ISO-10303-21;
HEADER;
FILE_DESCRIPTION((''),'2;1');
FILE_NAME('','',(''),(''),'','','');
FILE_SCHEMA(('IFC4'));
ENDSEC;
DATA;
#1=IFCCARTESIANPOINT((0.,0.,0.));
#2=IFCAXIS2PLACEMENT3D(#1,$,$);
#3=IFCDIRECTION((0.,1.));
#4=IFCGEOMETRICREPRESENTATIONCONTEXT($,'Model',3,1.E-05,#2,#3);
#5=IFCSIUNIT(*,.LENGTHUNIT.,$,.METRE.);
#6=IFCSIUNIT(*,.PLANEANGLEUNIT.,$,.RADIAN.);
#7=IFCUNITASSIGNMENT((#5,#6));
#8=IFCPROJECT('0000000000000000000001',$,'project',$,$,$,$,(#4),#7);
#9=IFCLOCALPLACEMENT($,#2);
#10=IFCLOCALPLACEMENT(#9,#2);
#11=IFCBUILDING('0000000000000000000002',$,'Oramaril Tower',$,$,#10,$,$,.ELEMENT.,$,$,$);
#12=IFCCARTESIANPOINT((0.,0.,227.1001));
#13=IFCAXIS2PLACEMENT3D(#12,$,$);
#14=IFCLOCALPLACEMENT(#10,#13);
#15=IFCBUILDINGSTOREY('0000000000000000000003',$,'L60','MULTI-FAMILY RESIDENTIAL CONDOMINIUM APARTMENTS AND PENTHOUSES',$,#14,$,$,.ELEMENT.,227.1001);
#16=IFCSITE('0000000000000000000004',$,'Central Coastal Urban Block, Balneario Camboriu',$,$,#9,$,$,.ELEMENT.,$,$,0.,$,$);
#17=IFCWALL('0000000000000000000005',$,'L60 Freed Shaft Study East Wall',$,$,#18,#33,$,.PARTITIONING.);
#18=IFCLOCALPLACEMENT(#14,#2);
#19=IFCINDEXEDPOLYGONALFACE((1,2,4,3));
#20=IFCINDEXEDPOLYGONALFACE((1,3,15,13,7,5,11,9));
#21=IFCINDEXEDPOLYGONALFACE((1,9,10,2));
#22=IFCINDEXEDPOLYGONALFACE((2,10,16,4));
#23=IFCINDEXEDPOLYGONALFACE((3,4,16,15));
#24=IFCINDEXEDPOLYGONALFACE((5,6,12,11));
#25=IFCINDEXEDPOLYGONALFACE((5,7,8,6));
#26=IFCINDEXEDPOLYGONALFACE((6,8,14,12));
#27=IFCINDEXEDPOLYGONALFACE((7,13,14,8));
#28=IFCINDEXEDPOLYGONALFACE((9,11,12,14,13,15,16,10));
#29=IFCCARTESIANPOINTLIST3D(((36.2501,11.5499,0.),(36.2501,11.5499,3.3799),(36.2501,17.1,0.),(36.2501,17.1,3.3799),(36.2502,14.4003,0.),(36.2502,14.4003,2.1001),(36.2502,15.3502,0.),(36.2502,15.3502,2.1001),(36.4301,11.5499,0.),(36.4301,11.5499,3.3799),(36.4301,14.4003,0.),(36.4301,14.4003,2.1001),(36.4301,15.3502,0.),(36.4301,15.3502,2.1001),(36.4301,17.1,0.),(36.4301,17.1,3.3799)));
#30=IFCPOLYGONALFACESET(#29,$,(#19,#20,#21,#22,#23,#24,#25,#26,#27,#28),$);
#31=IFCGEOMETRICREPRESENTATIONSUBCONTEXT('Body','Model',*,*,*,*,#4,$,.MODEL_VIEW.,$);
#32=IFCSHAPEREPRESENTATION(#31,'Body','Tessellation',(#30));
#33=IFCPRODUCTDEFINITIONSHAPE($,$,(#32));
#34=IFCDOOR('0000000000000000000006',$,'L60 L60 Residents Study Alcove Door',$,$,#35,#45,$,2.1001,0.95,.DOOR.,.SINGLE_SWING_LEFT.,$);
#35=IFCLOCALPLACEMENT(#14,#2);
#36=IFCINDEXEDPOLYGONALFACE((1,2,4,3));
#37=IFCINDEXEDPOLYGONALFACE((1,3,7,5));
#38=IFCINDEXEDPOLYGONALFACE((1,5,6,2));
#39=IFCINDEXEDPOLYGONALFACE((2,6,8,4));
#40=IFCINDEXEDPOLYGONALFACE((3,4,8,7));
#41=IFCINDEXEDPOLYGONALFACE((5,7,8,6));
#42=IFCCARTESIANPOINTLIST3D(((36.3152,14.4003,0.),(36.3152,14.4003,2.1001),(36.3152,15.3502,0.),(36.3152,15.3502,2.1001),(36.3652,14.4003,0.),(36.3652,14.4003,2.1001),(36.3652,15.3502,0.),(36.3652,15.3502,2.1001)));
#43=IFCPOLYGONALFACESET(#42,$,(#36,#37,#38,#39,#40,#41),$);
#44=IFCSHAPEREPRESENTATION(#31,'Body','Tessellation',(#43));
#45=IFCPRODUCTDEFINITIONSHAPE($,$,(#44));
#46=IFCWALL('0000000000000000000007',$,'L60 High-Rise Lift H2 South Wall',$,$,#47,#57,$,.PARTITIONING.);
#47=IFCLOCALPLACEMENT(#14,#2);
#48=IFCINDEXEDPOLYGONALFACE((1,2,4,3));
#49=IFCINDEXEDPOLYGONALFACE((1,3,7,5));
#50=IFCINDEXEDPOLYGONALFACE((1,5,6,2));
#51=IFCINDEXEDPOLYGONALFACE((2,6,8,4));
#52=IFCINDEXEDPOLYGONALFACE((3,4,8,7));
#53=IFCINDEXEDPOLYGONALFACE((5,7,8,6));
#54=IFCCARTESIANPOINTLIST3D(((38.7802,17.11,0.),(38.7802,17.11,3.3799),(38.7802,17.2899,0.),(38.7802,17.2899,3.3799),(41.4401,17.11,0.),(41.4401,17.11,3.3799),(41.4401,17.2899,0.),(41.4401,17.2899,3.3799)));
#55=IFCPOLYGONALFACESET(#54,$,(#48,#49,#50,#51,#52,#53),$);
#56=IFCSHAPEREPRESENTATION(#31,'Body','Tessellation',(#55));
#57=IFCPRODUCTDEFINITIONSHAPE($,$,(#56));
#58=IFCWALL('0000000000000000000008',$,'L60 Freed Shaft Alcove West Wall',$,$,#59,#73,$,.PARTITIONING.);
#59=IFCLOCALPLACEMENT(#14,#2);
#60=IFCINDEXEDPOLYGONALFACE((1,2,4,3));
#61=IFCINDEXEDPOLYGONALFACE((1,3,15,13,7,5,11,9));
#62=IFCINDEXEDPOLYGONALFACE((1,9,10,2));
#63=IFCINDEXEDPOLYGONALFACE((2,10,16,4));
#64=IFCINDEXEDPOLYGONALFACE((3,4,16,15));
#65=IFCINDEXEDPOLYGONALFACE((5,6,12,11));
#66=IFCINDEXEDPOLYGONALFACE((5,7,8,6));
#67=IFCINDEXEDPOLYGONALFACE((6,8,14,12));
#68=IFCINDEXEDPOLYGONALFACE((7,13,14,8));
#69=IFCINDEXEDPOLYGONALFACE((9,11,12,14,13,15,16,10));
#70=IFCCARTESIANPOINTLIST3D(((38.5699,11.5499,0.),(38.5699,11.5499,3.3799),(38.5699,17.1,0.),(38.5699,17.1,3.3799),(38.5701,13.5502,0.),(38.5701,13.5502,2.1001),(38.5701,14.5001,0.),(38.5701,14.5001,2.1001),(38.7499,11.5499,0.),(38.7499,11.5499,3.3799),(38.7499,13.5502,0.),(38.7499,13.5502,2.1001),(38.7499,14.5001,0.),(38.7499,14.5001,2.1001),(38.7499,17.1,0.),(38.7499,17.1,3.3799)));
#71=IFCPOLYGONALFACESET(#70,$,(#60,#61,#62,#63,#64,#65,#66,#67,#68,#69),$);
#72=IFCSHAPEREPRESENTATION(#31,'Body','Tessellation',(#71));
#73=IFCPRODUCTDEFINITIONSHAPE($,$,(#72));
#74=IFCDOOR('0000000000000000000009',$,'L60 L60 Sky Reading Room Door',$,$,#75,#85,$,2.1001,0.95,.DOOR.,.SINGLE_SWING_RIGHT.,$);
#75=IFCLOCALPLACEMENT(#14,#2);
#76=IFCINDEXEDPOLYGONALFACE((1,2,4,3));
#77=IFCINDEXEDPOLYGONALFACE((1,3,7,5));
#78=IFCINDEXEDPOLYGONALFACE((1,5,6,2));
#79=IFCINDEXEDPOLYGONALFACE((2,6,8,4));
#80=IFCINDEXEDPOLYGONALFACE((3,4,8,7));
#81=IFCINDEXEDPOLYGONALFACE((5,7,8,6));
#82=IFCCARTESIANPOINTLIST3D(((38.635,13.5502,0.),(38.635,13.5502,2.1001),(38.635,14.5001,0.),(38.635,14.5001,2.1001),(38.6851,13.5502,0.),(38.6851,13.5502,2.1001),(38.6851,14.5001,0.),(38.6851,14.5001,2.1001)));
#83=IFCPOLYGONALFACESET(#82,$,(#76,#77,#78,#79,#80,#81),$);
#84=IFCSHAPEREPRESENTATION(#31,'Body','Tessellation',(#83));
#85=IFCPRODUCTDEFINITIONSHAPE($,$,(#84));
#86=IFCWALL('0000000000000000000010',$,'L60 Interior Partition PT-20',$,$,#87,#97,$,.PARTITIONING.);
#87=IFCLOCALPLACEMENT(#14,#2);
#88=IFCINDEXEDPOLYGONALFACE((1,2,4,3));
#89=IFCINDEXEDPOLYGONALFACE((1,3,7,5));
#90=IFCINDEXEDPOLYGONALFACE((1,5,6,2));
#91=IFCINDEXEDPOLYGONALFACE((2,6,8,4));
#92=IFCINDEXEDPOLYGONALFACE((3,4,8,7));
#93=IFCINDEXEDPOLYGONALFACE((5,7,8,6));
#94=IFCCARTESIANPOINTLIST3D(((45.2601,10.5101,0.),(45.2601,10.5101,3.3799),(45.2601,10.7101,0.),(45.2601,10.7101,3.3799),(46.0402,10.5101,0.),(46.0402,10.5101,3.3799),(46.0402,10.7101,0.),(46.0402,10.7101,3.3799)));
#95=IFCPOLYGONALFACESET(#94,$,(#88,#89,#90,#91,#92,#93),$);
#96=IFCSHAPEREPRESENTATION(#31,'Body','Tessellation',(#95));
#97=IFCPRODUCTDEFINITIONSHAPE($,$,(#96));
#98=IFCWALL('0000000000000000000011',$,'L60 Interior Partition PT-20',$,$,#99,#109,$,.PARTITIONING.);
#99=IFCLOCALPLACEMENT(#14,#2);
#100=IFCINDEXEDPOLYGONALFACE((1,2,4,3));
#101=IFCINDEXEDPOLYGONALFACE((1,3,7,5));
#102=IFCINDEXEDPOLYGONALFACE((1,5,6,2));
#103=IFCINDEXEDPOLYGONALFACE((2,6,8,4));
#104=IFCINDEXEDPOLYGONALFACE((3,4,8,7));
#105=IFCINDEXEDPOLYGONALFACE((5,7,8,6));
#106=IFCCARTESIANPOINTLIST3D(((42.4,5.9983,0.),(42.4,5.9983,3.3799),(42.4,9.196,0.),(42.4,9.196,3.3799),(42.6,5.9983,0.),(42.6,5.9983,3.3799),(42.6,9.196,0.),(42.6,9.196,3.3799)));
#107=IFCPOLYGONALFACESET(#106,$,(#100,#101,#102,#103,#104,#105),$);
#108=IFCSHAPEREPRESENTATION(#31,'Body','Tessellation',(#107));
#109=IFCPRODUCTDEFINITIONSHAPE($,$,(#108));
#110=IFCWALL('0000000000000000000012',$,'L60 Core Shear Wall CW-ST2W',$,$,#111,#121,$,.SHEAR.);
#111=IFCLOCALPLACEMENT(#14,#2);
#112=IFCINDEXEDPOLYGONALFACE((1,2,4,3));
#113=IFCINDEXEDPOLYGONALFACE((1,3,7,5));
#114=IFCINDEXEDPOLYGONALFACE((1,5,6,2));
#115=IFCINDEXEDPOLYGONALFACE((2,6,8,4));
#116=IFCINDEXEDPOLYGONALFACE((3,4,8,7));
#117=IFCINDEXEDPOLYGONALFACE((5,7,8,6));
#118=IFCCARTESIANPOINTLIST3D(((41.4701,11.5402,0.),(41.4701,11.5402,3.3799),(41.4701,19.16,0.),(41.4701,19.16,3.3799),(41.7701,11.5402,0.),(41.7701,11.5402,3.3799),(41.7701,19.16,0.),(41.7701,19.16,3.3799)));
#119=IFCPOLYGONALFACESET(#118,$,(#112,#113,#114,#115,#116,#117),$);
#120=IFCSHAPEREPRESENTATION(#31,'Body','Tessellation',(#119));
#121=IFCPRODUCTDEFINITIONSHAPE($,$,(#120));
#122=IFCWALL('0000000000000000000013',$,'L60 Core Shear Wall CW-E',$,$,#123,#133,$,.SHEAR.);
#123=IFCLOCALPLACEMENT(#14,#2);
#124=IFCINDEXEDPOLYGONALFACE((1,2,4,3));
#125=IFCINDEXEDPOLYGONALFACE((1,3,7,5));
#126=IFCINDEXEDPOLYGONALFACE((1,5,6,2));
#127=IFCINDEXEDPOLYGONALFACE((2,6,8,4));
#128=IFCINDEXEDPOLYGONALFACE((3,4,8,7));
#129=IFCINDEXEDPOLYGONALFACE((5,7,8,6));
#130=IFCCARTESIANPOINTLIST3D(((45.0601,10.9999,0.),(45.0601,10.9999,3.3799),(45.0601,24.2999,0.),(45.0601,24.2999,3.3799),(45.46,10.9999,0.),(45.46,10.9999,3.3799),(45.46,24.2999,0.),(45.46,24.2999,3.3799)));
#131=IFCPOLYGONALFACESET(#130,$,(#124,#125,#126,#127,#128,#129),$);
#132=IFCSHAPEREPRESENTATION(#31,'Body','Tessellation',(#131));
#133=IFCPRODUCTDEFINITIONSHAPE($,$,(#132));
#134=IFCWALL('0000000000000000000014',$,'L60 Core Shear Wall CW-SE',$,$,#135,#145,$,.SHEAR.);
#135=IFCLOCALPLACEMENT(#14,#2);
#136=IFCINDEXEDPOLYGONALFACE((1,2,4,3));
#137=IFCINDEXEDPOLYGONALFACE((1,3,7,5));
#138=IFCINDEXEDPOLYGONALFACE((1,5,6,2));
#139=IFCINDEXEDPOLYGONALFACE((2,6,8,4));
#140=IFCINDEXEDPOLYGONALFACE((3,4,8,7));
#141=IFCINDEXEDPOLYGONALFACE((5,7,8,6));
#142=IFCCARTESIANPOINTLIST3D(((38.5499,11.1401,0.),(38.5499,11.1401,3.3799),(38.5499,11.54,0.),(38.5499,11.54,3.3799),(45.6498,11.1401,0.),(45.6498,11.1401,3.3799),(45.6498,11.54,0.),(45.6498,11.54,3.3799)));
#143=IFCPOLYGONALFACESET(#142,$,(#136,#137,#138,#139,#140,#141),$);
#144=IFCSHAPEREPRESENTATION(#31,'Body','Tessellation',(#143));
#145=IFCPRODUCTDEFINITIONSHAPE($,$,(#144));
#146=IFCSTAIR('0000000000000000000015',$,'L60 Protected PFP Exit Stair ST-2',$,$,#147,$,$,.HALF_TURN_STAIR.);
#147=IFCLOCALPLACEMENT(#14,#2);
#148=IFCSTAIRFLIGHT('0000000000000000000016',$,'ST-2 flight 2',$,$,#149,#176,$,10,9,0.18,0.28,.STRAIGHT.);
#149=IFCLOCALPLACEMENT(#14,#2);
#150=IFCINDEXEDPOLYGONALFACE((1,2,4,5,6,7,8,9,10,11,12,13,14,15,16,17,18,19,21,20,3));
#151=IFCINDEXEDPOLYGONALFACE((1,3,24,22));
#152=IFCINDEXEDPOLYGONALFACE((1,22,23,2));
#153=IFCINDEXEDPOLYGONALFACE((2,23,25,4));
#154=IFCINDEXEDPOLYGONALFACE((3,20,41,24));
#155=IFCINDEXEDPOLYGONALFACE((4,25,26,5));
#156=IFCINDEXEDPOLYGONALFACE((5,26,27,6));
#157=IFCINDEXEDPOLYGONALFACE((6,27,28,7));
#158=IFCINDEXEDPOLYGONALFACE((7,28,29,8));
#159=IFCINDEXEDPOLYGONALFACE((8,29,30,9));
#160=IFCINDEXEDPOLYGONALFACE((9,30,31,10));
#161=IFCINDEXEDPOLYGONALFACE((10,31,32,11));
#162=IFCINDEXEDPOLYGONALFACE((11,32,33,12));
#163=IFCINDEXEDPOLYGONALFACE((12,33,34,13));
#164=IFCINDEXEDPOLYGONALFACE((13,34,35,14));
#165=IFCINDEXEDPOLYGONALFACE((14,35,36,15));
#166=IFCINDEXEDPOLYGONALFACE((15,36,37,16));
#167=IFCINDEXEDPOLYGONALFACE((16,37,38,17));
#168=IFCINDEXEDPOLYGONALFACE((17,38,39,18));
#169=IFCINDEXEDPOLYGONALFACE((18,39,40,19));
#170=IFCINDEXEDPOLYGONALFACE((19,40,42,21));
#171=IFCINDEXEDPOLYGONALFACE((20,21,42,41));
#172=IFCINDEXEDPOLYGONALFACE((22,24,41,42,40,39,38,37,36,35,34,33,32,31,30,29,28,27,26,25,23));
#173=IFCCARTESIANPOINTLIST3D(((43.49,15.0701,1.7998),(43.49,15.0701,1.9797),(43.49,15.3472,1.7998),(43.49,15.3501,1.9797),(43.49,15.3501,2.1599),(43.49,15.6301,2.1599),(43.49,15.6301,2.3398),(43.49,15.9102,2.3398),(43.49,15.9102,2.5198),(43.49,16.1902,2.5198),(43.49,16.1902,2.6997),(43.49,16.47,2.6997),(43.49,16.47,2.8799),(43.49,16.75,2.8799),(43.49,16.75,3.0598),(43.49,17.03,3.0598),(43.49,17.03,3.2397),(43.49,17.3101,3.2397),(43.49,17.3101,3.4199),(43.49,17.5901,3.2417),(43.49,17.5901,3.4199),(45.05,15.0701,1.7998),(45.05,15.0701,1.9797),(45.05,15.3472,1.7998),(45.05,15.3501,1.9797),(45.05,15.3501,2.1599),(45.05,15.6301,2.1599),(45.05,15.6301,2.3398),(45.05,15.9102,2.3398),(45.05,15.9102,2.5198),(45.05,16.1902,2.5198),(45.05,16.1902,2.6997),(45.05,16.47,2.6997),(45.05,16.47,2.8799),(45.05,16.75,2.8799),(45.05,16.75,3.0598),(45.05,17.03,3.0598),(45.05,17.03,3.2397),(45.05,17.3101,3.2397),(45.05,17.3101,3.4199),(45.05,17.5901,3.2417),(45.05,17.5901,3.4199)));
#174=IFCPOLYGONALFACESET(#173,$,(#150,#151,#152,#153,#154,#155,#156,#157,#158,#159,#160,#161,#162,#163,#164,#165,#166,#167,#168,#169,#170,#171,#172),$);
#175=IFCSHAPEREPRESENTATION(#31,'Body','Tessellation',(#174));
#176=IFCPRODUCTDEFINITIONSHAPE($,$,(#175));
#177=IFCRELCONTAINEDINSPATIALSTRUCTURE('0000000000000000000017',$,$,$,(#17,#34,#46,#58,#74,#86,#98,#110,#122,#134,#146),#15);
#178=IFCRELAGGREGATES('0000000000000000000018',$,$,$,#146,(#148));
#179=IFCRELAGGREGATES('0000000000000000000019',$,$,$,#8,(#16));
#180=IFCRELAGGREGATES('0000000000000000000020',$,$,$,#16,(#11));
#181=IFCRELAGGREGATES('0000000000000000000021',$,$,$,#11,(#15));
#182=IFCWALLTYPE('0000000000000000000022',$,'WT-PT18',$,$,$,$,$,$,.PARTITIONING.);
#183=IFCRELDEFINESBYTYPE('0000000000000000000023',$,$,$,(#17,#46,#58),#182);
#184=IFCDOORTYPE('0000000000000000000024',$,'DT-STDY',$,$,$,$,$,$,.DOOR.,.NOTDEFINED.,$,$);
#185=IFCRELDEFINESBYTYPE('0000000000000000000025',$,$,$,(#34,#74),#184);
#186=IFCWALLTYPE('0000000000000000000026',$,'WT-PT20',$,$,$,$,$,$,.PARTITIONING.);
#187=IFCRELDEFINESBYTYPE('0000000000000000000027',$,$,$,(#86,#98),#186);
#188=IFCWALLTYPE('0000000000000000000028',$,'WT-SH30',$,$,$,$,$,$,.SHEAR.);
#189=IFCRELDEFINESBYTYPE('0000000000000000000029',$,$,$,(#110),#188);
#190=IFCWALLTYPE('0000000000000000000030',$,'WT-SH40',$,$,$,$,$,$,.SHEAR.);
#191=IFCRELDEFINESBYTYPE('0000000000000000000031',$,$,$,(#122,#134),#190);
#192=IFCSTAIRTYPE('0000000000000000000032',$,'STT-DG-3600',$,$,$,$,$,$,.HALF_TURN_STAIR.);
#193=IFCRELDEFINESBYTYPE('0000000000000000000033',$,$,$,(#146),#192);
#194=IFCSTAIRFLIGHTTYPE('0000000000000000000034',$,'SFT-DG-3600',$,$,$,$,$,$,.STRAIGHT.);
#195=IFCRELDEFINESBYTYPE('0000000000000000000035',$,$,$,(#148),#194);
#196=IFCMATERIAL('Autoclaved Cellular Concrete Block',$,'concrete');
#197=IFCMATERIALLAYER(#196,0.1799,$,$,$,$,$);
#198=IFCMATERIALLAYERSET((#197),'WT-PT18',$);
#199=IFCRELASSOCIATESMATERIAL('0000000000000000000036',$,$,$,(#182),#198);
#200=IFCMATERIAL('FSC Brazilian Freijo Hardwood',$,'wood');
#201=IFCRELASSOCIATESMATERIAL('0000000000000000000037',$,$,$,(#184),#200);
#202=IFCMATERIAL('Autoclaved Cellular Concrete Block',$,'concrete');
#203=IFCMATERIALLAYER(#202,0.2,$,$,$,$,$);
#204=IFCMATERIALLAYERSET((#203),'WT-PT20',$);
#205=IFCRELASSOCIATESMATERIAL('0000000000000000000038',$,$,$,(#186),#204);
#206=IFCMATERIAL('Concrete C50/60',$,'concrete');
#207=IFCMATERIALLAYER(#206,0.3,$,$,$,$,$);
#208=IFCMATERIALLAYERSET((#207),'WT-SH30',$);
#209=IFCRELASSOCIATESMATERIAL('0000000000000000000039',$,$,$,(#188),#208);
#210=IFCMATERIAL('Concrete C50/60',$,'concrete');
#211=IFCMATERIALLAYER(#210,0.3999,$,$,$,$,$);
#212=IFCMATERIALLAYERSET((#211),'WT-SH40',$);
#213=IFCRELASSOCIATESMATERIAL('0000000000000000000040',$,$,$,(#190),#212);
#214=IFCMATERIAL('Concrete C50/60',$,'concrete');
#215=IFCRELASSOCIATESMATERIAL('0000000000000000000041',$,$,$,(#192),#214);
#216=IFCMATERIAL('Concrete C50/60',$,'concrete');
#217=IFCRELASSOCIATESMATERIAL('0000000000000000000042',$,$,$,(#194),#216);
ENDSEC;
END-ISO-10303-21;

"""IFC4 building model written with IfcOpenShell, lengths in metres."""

from ifc_helpers import new_model, si_unit, direction, frame, frame_2d, origin, place, context, subcontext, project, spatial, polyline, rectangle, outline, extrude, material, layer, layer_set, type_object, element, fill, aggregate, save


model = new_model("IFC4")

# Units and contexts
model_context = context("Model", 3, precision=1e-05, world=origin(), true_north=direction((0.0, 1.0)))
body_context = subcontext(model_context, "Body", "Model", "MODEL_VIEW")
ifc_project = project(units=[si_unit("LENGTHUNIT", "METRE"), si_unit("PLANEANGLEUNIT", "RADIAN")], contexts=[model_context])

# Site, building, storey
site_placement = place(None, origin())
site = spatial("IfcSite", under=ifc_project, at=site_placement, Name="Central Coastal Urban Block, Balneario Camboriu", CompositionType="ELEMENT", RefElevation=0.0)
building_placement = place(site_placement, origin())
building = spatial("IfcBuilding", under=site, at=building_placement, Name="Oramaril Tower", CompositionType="ELEMENT")
storey_placement = place(building_placement, frame((0.0, 0.0, 227.1001)))
storey = spatial("IfcBuildingStorey", under=building, at=storey_placement, Name="L60", Description="MULTI-FAMILY RESIDENTIAL CONDOMINIUM APARTMENTS AND PENTHOUSES", CompositionType="ELEMENT", Elevation=227.1001)

# Wall, opening, door
ifc_material_1 = material(Name="Autoclaved Cellular Concrete Block", Category="concrete")
ifc_layer_1 = layer(ifc_material_1, 0.1799)
ifc_layer_set_1 = layer_set([ifc_layer_1], Name="WT-PT18")
wall_type_1 = type_object("IfcWallType", Name="WT-PT18", PredefinedType="PARTITIONING", material=ifc_layer_set_1)
wall_1_placement = place(storey_placement, frame((36.3401, 11.55, 0.0), z_axis=(0.0, 0.0, 1.0), x_axis=(0.0, 1.0, 0.0)))
wall_1 = element("IfcWall", 1, at=wall_1_placement, inside=storey, type_object=wall_type_1, Name="L60 Freed Shaft Study East Wall", PredefinedType="PARTITIONING", context=body_context, shape_type="SweptSolid", body=[
    extrude(rectangle(XDim=5.55, YDim=0.1799, at=frame_2d((2.7749, 0.0))), origin(), (0.0, 0.0, 1.0), 3.3799),
])
opening_1_placement = place(wall_1_placement, frame((2.8501, 0.0, 0.0)))
opening_1 = element("IfcOpeningElement", 2, at=opening_1_placement, cuts=wall_1, PredefinedType="OPENING", context=body_context, shape_type="SweptSolid", body=[
    extrude(rectangle(XDim=0.95, YDim=2.1001, at=frame_2d((0.4751, 1.05))), frame((0.0, 0.0898, 0.0), z_axis=(0.0, -1.0, 0.0), x_axis=(1.0, 0.0, 0.0)), (0.0, 0.0, 1.0), 0.1799),
])
ifc_material_2 = material(Name="FSC Brazilian Freijo Hardwood", Category="wood")
door_type_1 = type_object("IfcDoorType", Name="DT-STDY", OperationType="NOTDEFINED", PredefinedType="DOOR", material=ifc_material_2)
door_1_placement = place(opening_1_placement, origin())
door_1 = element("IfcDoor", 3, at=door_1_placement, inside=storey, type_object=door_type_1, Name="L60 L60 Residents Study Alcove Door", OperationType="SINGLE_SWING_LEFT", OverallHeight=2.1001, OverallWidth=0.95, PredefinedType="DOOR", context=body_context, shape_type="SweptSolid", body=[
    extrude(rectangle(XDim=0.95, YDim=2.1001, at=frame_2d((0.4751, 1.05))), frame((0.0, 0.0249, 0.0), z_axis=(0.0, -1.0, 0.0), x_axis=(1.0, 0.0, 0.0)), (0.0, 0.0, 1.0), 0.05),
])
fill(opening_1, door_1)

# Wall
wall_2_placement = place(storey_placement, frame((38.78, 17.2, 0.0), z_axis=(0.0, 0.0, 1.0), x_axis=(1.0, 0.0, 0.0)))
element("IfcWall", 4, at=wall_2_placement, inside=storey, type_object=wall_type_1, Name="L60 High-Rise Lift H2 South Wall", PredefinedType="PARTITIONING", context=body_context, shape_type="SweptSolid", body=[
    extrude(rectangle(XDim=2.6599, YDim=0.1799, at=frame_2d((1.3301, 0.0))), origin(), (0.0, 0.0, 1.0), 3.3799),
])

# Wall, opening, door
wall_3_placement = place(storey_placement, frame((38.6599, 11.55, 0.0), z_axis=(0.0, 0.0, 1.0), x_axis=(0.0, 1.0, 0.0)))
wall_3 = element("IfcWall", 5, at=wall_3_placement, inside=storey, type_object=wall_type_1, Name="L60 Freed Shaft Alcove West Wall", PredefinedType="PARTITIONING", context=body_context, shape_type="SweptSolid", body=[
    extrude(rectangle(XDim=5.55, YDim=0.1799, at=frame_2d((2.7749, 0.0))), origin(), (0.0, 0.0, 1.0), 3.3799),
])
opening_2_placement = place(wall_3_placement, frame((2.0, 0.0, 0.0)))
opening_2 = element("IfcOpeningElement", 6, at=opening_2_placement, cuts=wall_3, PredefinedType="OPENING", context=body_context, shape_type="SweptSolid", body=[
    extrude(rectangle(XDim=0.95, YDim=2.1001, at=frame_2d((0.4751, 1.05))), frame((0.0, 0.0898, 0.0), z_axis=(0.0, -1.0, 0.0), x_axis=(1.0, 0.0, 0.0)), (0.0, 0.0, 1.0), 0.1799),
])
door_2_placement = place(opening_2_placement, origin())
door_2 = element("IfcDoor", 7, at=door_2_placement, inside=storey, type_object=door_type_1, Name="L60 L60 Sky Reading Room Door", OperationType="SINGLE_SWING_RIGHT", OverallHeight=2.1001, OverallWidth=0.95, PredefinedType="DOOR", context=body_context, shape_type="SweptSolid", body=[
    extrude(rectangle(XDim=0.95, YDim=2.1001, at=frame_2d((0.4751, 1.05))), frame((0.0, 0.0249, 0.0), z_axis=(0.0, -1.0, 0.0), x_axis=(1.0, 0.0, 0.0)), (0.0, 0.0, 1.0), 0.05),
])
fill(opening_2, door_2)

# Walls
ifc_material_3 = material(Name="Autoclaved Cellular Concrete Block", Category="concrete")
ifc_layer_2 = layer(ifc_material_3, 0.2)
ifc_layer_set_2 = layer_set([ifc_layer_2], Name="WT-PT20")
wall_type_2 = type_object("IfcWallType", Name="WT-PT20", PredefinedType="PARTITIONING", material=ifc_layer_set_2)
wall_4_placement = place(storey_placement, frame((45.26, 10.6101, 0.0), z_axis=(0.0, 0.0, 1.0), x_axis=(1.0, 0.0, 0.0)))
element("IfcWall", 8, at=wall_4_placement, inside=storey, type_object=wall_type_2, Name="L60 Interior Partition PT-20", PredefinedType="PARTITIONING", context=body_context, shape_type="SweptSolid", body=[
    extrude(rectangle(XDim=0.78, YDim=0.2, at=frame_2d((0.3901, 0.0))), origin(), (0.0, 0.0, 1.0), 3.3799),
])
wall_5_placement = place(storey_placement, frame((42.5, 5.9983, 0.0), z_axis=(0.0, 0.0, 1.0), x_axis=(0.0, 1.0, 0.0)))
element("IfcWall", 9, at=wall_5_placement, inside=storey, type_object=wall_type_2, Name="L60 Interior Partition PT-20", PredefinedType="PARTITIONING", context=body_context, shape_type="SweptSolid", body=[
    extrude(rectangle(XDim=3.1978, YDim=0.2, at=frame_2d((1.5989, 0.0))), origin(), (0.0, 0.0, 1.0), 3.3799),
])
ifc_material_4 = material(Name="Concrete C50/60", Category="concrete")
ifc_layer_3 = layer(ifc_material_4, 0.3)
ifc_layer_set_3 = layer_set([ifc_layer_3], Name="WT-SH30")
wall_type_3 = type_object("IfcWallType", Name="WT-SH30", PredefinedType="SHEAR", material=ifc_layer_set_3)
wall_6_placement = place(storey_placement, frame((41.6201, 11.54, 0.0), z_axis=(0.0, 0.0, 1.0), x_axis=(0.0, 1.0, 0.0)))
element("IfcWall", 10, at=wall_6_placement, inside=storey, type_object=wall_type_3, Name="L60 Core Shear Wall CW-ST2W", PredefinedType="SHEAR", context=body_context, shape_type="SweptSolid", body=[
    extrude(rectangle(XDim=7.6199, YDim=0.3, at=frame_2d((3.8101, 0.0))), origin(), (0.0, 0.0, 1.0), 3.3799),
])
ifc_material_5 = material(Name="Concrete C50/60", Category="concrete")
ifc_layer_4 = layer(ifc_material_5, 0.3999)
ifc_layer_set_4 = layer_set([ifc_layer_4], Name="WT-SH40")
wall_type_4 = type_object("IfcWallType", Name="WT-SH40", PredefinedType="SHEAR", material=ifc_layer_set_4)
wall_7_placement = place(storey_placement, frame((45.26, 11.0, 0.0), z_axis=(0.0, 0.0, 1.0), x_axis=(0.0, 1.0, 0.0)))
element("IfcWall", 11, at=wall_7_placement, inside=storey, type_object=wall_type_4, Name="L60 Core Shear Wall CW-E", PredefinedType="SHEAR", context=body_context, shape_type="SweptSolid", body=[
    extrude(rectangle(XDim=13.3, YDim=0.3999, at=frame_2d((6.6499, 0.0))), origin(), (0.0, 0.0, 1.0), 3.3799),
])
wall_8_placement = place(storey_placement, frame((38.55, 11.3401, 0.0), z_axis=(0.0, 0.0, 1.0), x_axis=(1.0, 0.0, 0.0)))
element("IfcWall", 12, at=wall_8_placement, inside=storey, type_object=wall_type_4, Name="L60 Core Shear Wall CW-SE", PredefinedType="SHEAR", context=body_context, shape_type="SweptSolid", body=[
    extrude(rectangle(XDim=7.0999, YDim=0.3999, at=frame_2d((3.5498, 0.0))), origin(), (0.0, 0.0, 1.0), 3.3799),
])

# Stair, stair flight
ifc_material_6 = material(Name="Concrete C50/60", Category="concrete")
stair_type = type_object("IfcStairType", Name="STT-DG-3600", PredefinedType="HALF_TURN_STAIR", material=ifc_material_6)
stair_placement = place(storey_placement, origin())
stair = element("IfcStair", 13, at=stair_placement, inside=storey, type_object=stair_type, Name="L60 Protected PFP Exit Stair ST-2", PredefinedType="HALF_TURN_STAIR")
ifc_material_7 = material(Name="Concrete C50/60", Category="concrete")
stair_flight_type = type_object("IfcStairFlightType", Name="SFT-DG-3600", PredefinedType="STRAIGHT", material=ifc_material_7)
stair_flight_placement = place(storey_placement, frame((44.27, 15.0701, 1.7998), z_axis=(0.0, 0.0, 1.0), x_axis=(0.0, 1.0, 0.0)))
stair_flight = element("IfcStairFlight", 14, at=stair_flight_placement, type_object=stair_flight_type, Name="ST-2 flight 2", NumberOfRisers=10, NumberOfTreads=9, PredefinedType="STRAIGHT", RiserHeight=0.18, TreadLength=0.28, context=body_context, shape_type="SweptSolid", body=[
    extrude(outline(polyline([(0.0, 0.0), (0.0, 0.1799), (0.28, 0.1799), (0.28, 0.3601), (0.5601, 0.3601), (0.5601, 0.54), (0.8401, 0.54), (0.8401, 0.72), (1.1201, 0.72), (1.1201, 0.8999), (1.3999, 0.8999), (1.3999, 1.0801), (1.6799, 1.0801), (1.6799, 1.26), (1.96, 1.26), (1.96, 1.4399), (2.24, 1.4399), (2.24, 1.6201), (2.52, 1.6201), (2.52, 1.8), (2.52, 1.4419), (0.2771, 0.0), (0.0, 0.0)])), frame((0.0, 0.78, 0.0), z_axis=(0.0, -1.0, 0.0), x_axis=(1.0, 0.0, 0.0)), (0.0, 0.0, 1.0), 1.5601),
])
aggregate(stair, [stair_flight])

save(model, "model.ifc")
